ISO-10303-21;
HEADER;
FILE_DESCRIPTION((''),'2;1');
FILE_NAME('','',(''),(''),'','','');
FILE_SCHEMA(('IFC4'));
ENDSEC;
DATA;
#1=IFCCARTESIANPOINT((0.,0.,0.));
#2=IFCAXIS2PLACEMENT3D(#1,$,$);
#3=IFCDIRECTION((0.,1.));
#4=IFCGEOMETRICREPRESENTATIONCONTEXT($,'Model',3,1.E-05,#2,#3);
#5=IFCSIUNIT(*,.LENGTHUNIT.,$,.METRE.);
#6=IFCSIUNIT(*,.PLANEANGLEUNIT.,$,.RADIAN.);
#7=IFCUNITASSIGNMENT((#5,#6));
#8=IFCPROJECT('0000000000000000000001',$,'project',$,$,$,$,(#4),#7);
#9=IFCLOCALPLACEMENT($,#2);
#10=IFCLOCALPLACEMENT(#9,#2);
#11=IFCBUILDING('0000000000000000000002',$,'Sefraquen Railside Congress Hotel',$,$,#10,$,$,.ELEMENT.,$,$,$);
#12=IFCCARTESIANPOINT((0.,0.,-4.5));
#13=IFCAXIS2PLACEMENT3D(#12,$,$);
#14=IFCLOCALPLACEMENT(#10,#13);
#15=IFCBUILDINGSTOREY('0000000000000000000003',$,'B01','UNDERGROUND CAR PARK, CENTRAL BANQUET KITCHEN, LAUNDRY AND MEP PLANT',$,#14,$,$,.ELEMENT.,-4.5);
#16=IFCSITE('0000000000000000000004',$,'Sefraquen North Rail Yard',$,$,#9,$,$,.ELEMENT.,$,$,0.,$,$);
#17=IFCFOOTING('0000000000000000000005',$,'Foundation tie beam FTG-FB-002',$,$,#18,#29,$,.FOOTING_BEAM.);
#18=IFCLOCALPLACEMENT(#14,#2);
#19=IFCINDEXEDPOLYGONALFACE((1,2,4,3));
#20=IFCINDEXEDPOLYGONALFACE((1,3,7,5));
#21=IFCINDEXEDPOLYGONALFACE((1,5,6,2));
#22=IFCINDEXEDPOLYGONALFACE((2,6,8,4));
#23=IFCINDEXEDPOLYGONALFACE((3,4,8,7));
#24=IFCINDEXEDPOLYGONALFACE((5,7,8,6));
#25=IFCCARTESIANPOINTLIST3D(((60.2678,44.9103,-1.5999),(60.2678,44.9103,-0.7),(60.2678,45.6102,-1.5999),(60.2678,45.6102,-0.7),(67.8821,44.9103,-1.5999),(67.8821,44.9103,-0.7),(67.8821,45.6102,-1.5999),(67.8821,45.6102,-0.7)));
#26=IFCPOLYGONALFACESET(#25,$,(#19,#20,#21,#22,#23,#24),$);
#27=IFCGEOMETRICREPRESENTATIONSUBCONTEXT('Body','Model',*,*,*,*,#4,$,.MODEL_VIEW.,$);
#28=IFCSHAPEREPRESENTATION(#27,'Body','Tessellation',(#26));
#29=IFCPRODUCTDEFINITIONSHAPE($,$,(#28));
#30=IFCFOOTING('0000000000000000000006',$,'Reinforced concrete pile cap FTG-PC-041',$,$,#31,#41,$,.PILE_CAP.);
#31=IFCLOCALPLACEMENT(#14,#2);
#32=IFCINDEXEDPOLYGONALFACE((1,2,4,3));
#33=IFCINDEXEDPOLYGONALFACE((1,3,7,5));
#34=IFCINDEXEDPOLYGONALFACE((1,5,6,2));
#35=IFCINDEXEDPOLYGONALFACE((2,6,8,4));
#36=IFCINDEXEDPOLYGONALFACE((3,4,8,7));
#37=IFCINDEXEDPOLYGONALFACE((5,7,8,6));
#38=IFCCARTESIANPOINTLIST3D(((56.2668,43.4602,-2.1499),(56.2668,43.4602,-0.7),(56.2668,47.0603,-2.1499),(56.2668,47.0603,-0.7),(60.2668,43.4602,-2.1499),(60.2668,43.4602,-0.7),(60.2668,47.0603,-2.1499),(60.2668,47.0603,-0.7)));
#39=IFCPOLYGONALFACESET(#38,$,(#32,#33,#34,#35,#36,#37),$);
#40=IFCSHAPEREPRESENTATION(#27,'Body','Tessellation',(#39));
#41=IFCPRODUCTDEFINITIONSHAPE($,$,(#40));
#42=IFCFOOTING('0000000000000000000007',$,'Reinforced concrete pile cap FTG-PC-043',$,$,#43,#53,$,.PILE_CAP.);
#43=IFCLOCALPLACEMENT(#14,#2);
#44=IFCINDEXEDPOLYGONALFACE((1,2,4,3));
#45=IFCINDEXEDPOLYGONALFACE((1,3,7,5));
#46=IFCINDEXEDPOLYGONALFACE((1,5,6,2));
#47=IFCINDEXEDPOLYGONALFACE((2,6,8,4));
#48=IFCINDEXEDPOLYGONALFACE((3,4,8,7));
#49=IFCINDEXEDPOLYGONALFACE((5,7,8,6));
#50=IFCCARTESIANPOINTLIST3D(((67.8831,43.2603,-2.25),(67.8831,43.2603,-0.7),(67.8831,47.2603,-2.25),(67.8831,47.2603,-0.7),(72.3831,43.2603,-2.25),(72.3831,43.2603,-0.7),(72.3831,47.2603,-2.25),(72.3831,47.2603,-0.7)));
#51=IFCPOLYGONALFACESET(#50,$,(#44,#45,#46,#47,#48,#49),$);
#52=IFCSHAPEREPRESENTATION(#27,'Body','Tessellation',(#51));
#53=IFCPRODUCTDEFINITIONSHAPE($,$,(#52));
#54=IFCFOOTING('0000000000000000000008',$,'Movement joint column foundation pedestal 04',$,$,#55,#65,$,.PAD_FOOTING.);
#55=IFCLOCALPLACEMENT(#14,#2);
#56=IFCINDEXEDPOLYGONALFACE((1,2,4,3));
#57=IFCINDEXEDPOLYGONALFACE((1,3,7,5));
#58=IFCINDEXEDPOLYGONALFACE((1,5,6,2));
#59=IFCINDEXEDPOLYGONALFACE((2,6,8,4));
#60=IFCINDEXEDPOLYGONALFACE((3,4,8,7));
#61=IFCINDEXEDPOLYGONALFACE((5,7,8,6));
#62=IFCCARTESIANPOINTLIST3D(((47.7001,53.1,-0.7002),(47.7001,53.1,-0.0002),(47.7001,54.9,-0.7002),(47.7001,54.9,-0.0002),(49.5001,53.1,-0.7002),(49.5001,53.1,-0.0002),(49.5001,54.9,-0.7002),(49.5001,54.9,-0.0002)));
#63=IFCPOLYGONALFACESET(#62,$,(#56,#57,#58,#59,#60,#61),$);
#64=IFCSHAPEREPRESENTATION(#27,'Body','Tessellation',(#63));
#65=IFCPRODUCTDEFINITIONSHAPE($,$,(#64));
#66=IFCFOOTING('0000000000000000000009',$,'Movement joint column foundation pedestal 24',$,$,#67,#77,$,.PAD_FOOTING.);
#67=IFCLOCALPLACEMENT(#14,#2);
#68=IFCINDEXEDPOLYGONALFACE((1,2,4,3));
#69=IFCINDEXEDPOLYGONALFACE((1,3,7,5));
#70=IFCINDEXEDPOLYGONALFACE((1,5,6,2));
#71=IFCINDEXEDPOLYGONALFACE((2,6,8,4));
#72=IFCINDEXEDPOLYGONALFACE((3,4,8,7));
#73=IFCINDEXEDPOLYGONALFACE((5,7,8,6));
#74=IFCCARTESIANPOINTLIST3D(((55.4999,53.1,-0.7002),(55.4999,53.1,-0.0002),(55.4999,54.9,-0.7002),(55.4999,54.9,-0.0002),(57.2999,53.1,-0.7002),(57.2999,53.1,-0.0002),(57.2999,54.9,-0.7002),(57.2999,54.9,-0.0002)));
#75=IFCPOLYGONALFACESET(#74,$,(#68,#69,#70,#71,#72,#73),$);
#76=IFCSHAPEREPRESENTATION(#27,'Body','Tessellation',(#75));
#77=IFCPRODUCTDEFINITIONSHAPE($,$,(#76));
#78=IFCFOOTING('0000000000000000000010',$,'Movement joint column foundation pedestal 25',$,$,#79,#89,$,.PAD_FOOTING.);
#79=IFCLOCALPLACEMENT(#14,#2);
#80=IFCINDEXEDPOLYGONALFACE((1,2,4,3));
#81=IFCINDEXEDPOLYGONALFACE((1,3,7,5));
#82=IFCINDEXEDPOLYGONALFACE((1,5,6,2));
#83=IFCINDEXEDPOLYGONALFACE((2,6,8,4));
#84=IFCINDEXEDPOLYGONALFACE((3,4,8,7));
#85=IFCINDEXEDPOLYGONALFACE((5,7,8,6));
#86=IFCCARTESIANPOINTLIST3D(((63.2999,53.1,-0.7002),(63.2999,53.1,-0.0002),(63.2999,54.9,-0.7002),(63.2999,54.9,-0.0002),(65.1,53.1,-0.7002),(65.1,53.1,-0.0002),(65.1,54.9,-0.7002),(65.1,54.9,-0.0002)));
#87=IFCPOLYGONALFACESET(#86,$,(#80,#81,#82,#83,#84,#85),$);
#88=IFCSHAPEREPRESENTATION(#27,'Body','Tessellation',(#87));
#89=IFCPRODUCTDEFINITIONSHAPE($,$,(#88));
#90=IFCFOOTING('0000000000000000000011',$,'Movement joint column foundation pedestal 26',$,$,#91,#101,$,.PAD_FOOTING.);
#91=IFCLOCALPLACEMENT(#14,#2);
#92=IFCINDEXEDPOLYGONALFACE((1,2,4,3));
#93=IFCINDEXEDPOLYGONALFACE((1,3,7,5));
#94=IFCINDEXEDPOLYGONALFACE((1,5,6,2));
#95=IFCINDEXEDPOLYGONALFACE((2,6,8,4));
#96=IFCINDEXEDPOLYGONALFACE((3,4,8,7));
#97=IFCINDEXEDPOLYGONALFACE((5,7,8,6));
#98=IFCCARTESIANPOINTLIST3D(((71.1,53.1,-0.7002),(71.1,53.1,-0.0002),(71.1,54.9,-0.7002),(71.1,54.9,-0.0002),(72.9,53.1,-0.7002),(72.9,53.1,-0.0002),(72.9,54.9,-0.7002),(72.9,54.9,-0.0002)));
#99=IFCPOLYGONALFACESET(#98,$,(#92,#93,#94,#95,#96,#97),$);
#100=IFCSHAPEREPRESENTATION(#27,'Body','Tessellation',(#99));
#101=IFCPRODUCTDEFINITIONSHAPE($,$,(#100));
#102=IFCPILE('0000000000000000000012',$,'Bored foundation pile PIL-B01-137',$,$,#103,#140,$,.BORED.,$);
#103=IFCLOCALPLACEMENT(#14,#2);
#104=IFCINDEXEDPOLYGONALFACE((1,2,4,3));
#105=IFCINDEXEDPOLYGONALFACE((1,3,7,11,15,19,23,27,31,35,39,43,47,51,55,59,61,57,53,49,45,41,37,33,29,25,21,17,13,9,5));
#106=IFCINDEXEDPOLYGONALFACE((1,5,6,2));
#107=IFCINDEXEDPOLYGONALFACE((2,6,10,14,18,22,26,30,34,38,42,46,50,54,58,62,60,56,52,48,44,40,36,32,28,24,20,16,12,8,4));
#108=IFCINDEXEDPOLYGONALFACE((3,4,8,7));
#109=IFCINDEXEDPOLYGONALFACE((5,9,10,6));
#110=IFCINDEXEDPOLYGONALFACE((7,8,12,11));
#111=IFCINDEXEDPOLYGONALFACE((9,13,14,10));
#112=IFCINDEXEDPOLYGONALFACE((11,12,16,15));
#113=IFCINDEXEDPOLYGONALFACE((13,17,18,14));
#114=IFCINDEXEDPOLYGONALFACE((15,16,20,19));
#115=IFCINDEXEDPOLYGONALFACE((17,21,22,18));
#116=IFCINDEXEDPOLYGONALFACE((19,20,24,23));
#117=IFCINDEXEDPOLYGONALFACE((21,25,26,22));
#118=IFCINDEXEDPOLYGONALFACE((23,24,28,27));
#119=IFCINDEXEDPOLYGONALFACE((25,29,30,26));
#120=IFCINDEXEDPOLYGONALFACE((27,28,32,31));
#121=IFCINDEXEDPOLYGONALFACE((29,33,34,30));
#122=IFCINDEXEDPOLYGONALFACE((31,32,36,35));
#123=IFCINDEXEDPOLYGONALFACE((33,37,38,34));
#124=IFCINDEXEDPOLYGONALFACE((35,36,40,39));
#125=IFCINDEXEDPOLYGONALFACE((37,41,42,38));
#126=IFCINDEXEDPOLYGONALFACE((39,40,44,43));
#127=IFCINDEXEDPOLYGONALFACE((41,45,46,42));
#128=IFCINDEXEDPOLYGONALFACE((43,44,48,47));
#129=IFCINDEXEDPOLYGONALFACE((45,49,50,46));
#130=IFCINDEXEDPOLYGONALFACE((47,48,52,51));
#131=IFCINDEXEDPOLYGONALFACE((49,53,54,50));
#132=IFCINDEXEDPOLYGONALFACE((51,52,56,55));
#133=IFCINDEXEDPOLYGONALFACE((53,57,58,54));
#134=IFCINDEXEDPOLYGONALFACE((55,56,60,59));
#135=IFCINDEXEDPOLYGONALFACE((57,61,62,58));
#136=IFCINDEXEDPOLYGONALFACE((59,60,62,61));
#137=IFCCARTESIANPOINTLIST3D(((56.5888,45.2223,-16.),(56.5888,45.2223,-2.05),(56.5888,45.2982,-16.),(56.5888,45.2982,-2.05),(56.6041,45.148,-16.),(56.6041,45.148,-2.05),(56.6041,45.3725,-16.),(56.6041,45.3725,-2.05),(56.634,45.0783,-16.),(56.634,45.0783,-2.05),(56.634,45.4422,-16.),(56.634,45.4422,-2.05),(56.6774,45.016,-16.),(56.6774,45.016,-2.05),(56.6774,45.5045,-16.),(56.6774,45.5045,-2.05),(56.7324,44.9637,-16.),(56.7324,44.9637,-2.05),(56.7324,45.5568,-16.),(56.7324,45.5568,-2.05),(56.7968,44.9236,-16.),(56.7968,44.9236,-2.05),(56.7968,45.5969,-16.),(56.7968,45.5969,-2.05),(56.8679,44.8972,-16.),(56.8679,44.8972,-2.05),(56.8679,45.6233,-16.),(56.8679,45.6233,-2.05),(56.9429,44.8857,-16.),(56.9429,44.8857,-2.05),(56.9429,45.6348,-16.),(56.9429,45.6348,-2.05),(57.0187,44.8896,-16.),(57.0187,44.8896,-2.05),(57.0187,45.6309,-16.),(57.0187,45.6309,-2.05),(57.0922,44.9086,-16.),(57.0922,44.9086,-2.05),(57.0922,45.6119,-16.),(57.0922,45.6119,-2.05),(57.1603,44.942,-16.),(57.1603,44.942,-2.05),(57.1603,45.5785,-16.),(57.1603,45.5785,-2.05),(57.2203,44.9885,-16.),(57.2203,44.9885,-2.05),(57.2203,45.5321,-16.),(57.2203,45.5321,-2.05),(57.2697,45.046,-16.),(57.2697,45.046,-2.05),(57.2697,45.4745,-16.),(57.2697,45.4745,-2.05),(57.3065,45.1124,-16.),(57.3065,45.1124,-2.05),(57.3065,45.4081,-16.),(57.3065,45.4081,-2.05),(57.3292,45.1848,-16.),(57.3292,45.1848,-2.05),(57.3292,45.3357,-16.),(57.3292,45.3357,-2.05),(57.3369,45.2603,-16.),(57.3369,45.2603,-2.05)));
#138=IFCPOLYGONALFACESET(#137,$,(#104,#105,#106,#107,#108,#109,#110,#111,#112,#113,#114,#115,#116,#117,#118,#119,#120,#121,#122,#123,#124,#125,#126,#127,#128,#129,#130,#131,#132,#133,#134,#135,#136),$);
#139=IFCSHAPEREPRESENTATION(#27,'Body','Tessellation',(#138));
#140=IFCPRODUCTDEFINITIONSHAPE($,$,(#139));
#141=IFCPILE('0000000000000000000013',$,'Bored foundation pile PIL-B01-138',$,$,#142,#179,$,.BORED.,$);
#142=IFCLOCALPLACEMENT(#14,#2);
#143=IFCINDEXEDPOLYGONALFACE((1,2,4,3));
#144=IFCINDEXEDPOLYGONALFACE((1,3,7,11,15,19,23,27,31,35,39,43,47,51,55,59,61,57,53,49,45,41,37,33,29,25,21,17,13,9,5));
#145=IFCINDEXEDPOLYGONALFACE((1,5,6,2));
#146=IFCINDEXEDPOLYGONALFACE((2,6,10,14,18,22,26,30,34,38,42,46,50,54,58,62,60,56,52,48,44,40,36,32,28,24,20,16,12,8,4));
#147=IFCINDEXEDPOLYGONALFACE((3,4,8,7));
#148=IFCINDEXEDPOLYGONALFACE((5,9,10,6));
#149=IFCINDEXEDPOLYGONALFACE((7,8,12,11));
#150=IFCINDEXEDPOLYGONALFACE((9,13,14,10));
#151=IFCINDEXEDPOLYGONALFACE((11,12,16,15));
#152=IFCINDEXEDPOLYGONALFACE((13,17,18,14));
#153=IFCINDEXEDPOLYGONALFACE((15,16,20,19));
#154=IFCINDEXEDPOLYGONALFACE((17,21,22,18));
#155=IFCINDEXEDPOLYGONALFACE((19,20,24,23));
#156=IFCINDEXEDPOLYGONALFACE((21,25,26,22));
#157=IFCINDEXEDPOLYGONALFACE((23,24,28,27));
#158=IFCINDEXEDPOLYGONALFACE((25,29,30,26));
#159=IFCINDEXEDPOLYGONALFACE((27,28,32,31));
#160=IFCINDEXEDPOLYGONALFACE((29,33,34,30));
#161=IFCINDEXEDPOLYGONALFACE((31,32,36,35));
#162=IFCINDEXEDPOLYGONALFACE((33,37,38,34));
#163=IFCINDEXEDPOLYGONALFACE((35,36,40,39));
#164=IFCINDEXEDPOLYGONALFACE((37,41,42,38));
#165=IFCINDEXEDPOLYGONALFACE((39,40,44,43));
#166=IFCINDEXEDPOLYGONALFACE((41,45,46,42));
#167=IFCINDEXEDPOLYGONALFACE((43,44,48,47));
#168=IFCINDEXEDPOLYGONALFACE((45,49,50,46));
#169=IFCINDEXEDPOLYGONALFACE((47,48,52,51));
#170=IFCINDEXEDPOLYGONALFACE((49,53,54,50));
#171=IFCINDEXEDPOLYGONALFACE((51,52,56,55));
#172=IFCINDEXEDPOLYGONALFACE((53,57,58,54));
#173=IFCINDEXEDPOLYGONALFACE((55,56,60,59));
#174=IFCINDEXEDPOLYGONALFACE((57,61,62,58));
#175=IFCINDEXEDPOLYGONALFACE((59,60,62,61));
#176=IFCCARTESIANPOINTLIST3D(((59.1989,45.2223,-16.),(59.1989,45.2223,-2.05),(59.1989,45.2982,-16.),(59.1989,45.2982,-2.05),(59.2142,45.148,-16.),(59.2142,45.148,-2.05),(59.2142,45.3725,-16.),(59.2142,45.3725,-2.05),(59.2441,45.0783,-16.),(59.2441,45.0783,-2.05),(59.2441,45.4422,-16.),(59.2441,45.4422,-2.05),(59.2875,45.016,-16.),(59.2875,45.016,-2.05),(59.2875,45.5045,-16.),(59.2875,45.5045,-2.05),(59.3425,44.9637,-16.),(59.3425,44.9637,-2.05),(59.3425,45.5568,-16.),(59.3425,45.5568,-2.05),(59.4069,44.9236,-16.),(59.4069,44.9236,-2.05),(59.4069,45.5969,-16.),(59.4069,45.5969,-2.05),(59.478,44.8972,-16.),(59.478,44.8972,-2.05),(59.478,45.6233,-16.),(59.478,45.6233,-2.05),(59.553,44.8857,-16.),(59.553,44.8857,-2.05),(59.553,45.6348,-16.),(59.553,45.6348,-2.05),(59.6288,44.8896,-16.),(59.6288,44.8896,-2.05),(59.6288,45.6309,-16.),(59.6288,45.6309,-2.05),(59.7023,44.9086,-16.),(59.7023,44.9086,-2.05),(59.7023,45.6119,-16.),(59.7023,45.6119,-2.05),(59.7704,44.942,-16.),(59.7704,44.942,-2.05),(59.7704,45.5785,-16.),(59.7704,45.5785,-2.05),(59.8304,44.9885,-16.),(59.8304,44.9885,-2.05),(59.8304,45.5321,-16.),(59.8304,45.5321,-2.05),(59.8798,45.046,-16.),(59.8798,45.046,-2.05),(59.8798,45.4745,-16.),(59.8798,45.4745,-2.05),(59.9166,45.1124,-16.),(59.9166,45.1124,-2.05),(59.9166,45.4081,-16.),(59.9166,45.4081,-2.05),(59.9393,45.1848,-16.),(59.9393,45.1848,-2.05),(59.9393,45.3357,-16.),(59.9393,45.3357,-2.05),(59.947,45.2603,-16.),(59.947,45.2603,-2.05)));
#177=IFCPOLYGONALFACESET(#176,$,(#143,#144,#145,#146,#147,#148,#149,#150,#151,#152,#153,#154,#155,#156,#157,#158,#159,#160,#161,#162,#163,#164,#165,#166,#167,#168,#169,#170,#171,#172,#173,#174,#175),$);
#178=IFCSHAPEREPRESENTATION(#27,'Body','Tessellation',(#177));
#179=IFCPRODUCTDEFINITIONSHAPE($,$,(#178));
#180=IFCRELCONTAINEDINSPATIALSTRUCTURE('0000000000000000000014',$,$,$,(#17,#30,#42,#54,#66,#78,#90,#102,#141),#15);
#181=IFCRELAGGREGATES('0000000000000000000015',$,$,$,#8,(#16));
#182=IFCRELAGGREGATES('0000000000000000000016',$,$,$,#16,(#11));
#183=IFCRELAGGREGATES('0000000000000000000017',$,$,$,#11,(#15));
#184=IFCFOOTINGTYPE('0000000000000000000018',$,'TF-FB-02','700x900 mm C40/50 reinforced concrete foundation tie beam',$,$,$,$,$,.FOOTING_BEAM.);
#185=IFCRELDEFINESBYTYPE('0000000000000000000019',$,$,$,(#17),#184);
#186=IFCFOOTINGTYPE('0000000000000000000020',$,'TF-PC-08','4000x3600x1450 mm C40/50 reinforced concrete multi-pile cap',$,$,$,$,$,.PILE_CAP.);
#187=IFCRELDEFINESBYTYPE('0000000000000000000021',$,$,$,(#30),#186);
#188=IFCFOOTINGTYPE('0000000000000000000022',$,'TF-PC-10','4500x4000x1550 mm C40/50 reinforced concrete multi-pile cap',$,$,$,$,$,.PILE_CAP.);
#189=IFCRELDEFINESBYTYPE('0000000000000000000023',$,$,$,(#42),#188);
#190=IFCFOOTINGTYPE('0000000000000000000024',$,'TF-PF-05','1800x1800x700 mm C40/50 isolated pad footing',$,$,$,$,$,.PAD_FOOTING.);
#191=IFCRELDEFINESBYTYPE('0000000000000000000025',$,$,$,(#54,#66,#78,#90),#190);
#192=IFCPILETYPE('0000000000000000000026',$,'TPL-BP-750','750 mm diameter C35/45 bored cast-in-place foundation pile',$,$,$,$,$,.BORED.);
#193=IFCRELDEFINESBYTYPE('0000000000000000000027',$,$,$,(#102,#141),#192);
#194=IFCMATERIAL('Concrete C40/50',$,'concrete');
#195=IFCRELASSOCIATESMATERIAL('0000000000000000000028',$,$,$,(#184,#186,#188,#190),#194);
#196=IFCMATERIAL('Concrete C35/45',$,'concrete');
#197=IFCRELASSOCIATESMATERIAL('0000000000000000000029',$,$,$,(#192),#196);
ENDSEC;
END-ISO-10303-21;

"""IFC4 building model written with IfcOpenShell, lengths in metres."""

from ifc_helpers import new_model, si_unit, direction, frame, origin, origin_2d, place, context, subcontext, project, spatial, rectangle, circle, extrude, material, material_profile, profile_set, type_object, element, save


model = new_model("IFC4")

# Units and contexts
model_context = context("Model", 3, precision=1e-05, world=origin(), true_north=direction((0.0, 1.0)))
body_context = subcontext(model_context, "Body", "Model", "MODEL_VIEW")
ifc_project = project(units=[si_unit("LENGTHUNIT", "METRE"), si_unit("PLANEANGLEUNIT", "RADIAN")], contexts=[model_context])

# Site, building, storey
site_placement = place(None, origin())
site = spatial("IfcSite", under=ifc_project, at=site_placement, Name="Sefraquen North Rail Yard", CompositionType="ELEMENT", RefElevation=0.0)
building_placement = place(site_placement, origin())
building = spatial("IfcBuilding", under=site, at=building_placement, Name="Sefraquen Railside Congress Hotel", CompositionType="ELEMENT")
storey_placement = place(building_placement, frame((0.0, 0.0, -4.5)))
storey = spatial("IfcBuildingStorey", under=building, at=storey_placement, Name="B01", Description="UNDERGROUND CAR PARK, CENTRAL BANQUET KITCHEN, LAUNDRY AND MEP PLANT", CompositionType="ELEMENT", Elevation=-4.5)

# Footings
ifc_material_1 = material(Name="Concrete C40/50", Category="concrete")
footing_type_1 = type_object("IfcFootingType", Name="TF-FB-02", Description="700x900 mm C40/50 reinforced concrete foundation tie beam", PredefinedType="FOOTING_BEAM", material=ifc_material_1)
footing_1_placement = place(storey_placement, frame((64.075, 45.2603, -1.5999), z_axis=(0.0, 0.0, 1.0), x_axis=(1.0, 0.0, 0.0)))
element("IfcFooting", 1, at=footing_1_placement, inside=storey, type_object=footing_type_1, Name="Foundation tie beam FTG-FB-002", PredefinedType="FOOTING_BEAM", context=body_context, shape_type="SweptSolid", body=[
    extrude(rectangle(XDim=7.6143, YDim=0.7, at=origin_2d()), origin(), (0.0, 0.0, 1.0), 0.8999),
])
footing_type_2 = type_object("IfcFootingType", Name="TF-PC-08", Description="4000x3600x1450 mm C40/50 reinforced concrete multi-pile cap", PredefinedType="PILE_CAP", material=ifc_material_1)
footing_2_placement = place(storey_placement, frame((58.2668, 45.2603, -2.1499), z_axis=(0.0, 0.0, 1.0), x_axis=(1.0, 0.0, 0.0)))
element("IfcFooting", 2, at=footing_2_placement, inside=storey, type_object=footing_type_2, Name="Reinforced concrete pile cap FTG-PC-041", PredefinedType="PILE_CAP", context=body_context, shape_type="SweptSolid", body=[
    extrude(rectangle(XDim=4.0, YDim=3.6001, at=origin_2d()), origin(), (0.0, 0.0, 1.0), 1.45),
])
footing_type_3 = type_object("IfcFootingType", Name="TF-PC-10", Description="4500x4000x1550 mm C40/50 reinforced concrete multi-pile cap", PredefinedType="PILE_CAP", material=ifc_material_1)
footing_3_placement = place(storey_placement, frame((70.1331, 45.2603, -2.25), z_axis=(0.0, 0.0, 1.0), x_axis=(1.0, 0.0, 0.0)))
element("IfcFooting", 3, at=footing_3_placement, inside=storey, type_object=footing_type_3, Name="Reinforced concrete pile cap FTG-PC-043", PredefinedType="PILE_CAP", context=body_context, shape_type="SweptSolid", body=[
    extrude(rectangle(XDim=4.5, YDim=4.0, at=origin_2d()), origin(), (0.0, 0.0, 1.0), 1.55),
])
footing_type_4 = type_object("IfcFootingType", Name="TF-PF-05", Description="1800x1800x700 mm C40/50 isolated pad footing", PredefinedType="PAD_FOOTING", material=ifc_material_1)
for number, where, z_axis, x_axis, name in (
    (4, (48.6001, 54.0, -0.7002), (0.0, 0.0, 1.0), (1.0, 0.0, 0.0), "Movement joint column foundation pedestal 04"),
    (5, (56.3999, 54.0, -0.7002), (0.0, 0.0, 1.0), (1.0, 0.0, 0.0), "Movement joint column foundation pedestal 24"),
    (6, (64.2, 54.0, -0.7002), (0.0, 0.0, 1.0), (1.0, 0.0, 0.0), "Movement joint column foundation pedestal 25"),
    (7, (72.0, 54.0, -0.7002), (0.0, 0.0, 1.0), (1.0, 0.0, 0.0), "Movement joint column foundation pedestal 26"),
):
    element("IfcFooting", number, at=place(storey_placement, frame(where, z_axis=z_axis, x_axis=x_axis)), inside=storey, type_object=footing_type_4, Name=name, PredefinedType="PAD_FOOTING", context=body_context, shape_type="SweptSolid", body=[
        extrude(rectangle(XDim=1.8, YDim=1.8, at=origin_2d()), origin(), (0.0, 0.0, 1.0), 0.7),
    ])

# Piles
ifc_material_2 = material(Name="Concrete C35/45", Category="concrete")
ifc_material_profile_1 = material_profile(ifc_material_2, circle(Radius=0.375, at=origin_2d()), Name="BORED PILE 750")
ifc_profile_set_1 = profile_set([ifc_material_profile_1], Name="Concrete C35/45")
pile_type_1 = type_object("IfcPileType", Name="TPL-BP-750", Description="750 mm diameter C35/45 bored cast-in-place foundation pile", PredefinedType="BORED", material=ifc_profile_set_1)
for number, where, z_axis, x_axis, name in (
    (8, (56.9619, 45.2603, -2.05), (0.0, 0.0, -1.0), (1.0, 0.0, 0.0), "Bored foundation pile PIL-B01-137"),
    (9, (59.572, 45.2603, -2.05), (0.0, 0.0, -1.0), (1.0, 0.0, 0.0), "Bored foundation pile PIL-B01-138"),
):
    element("IfcPile", number, at=place(storey_placement, frame(where, z_axis=z_axis, x_axis=x_axis)), inside=storey, type_object=pile_type_1, Name=name, PredefinedType="BORED", context=body_context, shape_type="SweptSolid", body=[
        extrude(circle(Radius=0.375, at=origin_2d()), origin(), (0.0, 0.0, 1.0), 13.95),
    ])

save(model, "model.ifc")
